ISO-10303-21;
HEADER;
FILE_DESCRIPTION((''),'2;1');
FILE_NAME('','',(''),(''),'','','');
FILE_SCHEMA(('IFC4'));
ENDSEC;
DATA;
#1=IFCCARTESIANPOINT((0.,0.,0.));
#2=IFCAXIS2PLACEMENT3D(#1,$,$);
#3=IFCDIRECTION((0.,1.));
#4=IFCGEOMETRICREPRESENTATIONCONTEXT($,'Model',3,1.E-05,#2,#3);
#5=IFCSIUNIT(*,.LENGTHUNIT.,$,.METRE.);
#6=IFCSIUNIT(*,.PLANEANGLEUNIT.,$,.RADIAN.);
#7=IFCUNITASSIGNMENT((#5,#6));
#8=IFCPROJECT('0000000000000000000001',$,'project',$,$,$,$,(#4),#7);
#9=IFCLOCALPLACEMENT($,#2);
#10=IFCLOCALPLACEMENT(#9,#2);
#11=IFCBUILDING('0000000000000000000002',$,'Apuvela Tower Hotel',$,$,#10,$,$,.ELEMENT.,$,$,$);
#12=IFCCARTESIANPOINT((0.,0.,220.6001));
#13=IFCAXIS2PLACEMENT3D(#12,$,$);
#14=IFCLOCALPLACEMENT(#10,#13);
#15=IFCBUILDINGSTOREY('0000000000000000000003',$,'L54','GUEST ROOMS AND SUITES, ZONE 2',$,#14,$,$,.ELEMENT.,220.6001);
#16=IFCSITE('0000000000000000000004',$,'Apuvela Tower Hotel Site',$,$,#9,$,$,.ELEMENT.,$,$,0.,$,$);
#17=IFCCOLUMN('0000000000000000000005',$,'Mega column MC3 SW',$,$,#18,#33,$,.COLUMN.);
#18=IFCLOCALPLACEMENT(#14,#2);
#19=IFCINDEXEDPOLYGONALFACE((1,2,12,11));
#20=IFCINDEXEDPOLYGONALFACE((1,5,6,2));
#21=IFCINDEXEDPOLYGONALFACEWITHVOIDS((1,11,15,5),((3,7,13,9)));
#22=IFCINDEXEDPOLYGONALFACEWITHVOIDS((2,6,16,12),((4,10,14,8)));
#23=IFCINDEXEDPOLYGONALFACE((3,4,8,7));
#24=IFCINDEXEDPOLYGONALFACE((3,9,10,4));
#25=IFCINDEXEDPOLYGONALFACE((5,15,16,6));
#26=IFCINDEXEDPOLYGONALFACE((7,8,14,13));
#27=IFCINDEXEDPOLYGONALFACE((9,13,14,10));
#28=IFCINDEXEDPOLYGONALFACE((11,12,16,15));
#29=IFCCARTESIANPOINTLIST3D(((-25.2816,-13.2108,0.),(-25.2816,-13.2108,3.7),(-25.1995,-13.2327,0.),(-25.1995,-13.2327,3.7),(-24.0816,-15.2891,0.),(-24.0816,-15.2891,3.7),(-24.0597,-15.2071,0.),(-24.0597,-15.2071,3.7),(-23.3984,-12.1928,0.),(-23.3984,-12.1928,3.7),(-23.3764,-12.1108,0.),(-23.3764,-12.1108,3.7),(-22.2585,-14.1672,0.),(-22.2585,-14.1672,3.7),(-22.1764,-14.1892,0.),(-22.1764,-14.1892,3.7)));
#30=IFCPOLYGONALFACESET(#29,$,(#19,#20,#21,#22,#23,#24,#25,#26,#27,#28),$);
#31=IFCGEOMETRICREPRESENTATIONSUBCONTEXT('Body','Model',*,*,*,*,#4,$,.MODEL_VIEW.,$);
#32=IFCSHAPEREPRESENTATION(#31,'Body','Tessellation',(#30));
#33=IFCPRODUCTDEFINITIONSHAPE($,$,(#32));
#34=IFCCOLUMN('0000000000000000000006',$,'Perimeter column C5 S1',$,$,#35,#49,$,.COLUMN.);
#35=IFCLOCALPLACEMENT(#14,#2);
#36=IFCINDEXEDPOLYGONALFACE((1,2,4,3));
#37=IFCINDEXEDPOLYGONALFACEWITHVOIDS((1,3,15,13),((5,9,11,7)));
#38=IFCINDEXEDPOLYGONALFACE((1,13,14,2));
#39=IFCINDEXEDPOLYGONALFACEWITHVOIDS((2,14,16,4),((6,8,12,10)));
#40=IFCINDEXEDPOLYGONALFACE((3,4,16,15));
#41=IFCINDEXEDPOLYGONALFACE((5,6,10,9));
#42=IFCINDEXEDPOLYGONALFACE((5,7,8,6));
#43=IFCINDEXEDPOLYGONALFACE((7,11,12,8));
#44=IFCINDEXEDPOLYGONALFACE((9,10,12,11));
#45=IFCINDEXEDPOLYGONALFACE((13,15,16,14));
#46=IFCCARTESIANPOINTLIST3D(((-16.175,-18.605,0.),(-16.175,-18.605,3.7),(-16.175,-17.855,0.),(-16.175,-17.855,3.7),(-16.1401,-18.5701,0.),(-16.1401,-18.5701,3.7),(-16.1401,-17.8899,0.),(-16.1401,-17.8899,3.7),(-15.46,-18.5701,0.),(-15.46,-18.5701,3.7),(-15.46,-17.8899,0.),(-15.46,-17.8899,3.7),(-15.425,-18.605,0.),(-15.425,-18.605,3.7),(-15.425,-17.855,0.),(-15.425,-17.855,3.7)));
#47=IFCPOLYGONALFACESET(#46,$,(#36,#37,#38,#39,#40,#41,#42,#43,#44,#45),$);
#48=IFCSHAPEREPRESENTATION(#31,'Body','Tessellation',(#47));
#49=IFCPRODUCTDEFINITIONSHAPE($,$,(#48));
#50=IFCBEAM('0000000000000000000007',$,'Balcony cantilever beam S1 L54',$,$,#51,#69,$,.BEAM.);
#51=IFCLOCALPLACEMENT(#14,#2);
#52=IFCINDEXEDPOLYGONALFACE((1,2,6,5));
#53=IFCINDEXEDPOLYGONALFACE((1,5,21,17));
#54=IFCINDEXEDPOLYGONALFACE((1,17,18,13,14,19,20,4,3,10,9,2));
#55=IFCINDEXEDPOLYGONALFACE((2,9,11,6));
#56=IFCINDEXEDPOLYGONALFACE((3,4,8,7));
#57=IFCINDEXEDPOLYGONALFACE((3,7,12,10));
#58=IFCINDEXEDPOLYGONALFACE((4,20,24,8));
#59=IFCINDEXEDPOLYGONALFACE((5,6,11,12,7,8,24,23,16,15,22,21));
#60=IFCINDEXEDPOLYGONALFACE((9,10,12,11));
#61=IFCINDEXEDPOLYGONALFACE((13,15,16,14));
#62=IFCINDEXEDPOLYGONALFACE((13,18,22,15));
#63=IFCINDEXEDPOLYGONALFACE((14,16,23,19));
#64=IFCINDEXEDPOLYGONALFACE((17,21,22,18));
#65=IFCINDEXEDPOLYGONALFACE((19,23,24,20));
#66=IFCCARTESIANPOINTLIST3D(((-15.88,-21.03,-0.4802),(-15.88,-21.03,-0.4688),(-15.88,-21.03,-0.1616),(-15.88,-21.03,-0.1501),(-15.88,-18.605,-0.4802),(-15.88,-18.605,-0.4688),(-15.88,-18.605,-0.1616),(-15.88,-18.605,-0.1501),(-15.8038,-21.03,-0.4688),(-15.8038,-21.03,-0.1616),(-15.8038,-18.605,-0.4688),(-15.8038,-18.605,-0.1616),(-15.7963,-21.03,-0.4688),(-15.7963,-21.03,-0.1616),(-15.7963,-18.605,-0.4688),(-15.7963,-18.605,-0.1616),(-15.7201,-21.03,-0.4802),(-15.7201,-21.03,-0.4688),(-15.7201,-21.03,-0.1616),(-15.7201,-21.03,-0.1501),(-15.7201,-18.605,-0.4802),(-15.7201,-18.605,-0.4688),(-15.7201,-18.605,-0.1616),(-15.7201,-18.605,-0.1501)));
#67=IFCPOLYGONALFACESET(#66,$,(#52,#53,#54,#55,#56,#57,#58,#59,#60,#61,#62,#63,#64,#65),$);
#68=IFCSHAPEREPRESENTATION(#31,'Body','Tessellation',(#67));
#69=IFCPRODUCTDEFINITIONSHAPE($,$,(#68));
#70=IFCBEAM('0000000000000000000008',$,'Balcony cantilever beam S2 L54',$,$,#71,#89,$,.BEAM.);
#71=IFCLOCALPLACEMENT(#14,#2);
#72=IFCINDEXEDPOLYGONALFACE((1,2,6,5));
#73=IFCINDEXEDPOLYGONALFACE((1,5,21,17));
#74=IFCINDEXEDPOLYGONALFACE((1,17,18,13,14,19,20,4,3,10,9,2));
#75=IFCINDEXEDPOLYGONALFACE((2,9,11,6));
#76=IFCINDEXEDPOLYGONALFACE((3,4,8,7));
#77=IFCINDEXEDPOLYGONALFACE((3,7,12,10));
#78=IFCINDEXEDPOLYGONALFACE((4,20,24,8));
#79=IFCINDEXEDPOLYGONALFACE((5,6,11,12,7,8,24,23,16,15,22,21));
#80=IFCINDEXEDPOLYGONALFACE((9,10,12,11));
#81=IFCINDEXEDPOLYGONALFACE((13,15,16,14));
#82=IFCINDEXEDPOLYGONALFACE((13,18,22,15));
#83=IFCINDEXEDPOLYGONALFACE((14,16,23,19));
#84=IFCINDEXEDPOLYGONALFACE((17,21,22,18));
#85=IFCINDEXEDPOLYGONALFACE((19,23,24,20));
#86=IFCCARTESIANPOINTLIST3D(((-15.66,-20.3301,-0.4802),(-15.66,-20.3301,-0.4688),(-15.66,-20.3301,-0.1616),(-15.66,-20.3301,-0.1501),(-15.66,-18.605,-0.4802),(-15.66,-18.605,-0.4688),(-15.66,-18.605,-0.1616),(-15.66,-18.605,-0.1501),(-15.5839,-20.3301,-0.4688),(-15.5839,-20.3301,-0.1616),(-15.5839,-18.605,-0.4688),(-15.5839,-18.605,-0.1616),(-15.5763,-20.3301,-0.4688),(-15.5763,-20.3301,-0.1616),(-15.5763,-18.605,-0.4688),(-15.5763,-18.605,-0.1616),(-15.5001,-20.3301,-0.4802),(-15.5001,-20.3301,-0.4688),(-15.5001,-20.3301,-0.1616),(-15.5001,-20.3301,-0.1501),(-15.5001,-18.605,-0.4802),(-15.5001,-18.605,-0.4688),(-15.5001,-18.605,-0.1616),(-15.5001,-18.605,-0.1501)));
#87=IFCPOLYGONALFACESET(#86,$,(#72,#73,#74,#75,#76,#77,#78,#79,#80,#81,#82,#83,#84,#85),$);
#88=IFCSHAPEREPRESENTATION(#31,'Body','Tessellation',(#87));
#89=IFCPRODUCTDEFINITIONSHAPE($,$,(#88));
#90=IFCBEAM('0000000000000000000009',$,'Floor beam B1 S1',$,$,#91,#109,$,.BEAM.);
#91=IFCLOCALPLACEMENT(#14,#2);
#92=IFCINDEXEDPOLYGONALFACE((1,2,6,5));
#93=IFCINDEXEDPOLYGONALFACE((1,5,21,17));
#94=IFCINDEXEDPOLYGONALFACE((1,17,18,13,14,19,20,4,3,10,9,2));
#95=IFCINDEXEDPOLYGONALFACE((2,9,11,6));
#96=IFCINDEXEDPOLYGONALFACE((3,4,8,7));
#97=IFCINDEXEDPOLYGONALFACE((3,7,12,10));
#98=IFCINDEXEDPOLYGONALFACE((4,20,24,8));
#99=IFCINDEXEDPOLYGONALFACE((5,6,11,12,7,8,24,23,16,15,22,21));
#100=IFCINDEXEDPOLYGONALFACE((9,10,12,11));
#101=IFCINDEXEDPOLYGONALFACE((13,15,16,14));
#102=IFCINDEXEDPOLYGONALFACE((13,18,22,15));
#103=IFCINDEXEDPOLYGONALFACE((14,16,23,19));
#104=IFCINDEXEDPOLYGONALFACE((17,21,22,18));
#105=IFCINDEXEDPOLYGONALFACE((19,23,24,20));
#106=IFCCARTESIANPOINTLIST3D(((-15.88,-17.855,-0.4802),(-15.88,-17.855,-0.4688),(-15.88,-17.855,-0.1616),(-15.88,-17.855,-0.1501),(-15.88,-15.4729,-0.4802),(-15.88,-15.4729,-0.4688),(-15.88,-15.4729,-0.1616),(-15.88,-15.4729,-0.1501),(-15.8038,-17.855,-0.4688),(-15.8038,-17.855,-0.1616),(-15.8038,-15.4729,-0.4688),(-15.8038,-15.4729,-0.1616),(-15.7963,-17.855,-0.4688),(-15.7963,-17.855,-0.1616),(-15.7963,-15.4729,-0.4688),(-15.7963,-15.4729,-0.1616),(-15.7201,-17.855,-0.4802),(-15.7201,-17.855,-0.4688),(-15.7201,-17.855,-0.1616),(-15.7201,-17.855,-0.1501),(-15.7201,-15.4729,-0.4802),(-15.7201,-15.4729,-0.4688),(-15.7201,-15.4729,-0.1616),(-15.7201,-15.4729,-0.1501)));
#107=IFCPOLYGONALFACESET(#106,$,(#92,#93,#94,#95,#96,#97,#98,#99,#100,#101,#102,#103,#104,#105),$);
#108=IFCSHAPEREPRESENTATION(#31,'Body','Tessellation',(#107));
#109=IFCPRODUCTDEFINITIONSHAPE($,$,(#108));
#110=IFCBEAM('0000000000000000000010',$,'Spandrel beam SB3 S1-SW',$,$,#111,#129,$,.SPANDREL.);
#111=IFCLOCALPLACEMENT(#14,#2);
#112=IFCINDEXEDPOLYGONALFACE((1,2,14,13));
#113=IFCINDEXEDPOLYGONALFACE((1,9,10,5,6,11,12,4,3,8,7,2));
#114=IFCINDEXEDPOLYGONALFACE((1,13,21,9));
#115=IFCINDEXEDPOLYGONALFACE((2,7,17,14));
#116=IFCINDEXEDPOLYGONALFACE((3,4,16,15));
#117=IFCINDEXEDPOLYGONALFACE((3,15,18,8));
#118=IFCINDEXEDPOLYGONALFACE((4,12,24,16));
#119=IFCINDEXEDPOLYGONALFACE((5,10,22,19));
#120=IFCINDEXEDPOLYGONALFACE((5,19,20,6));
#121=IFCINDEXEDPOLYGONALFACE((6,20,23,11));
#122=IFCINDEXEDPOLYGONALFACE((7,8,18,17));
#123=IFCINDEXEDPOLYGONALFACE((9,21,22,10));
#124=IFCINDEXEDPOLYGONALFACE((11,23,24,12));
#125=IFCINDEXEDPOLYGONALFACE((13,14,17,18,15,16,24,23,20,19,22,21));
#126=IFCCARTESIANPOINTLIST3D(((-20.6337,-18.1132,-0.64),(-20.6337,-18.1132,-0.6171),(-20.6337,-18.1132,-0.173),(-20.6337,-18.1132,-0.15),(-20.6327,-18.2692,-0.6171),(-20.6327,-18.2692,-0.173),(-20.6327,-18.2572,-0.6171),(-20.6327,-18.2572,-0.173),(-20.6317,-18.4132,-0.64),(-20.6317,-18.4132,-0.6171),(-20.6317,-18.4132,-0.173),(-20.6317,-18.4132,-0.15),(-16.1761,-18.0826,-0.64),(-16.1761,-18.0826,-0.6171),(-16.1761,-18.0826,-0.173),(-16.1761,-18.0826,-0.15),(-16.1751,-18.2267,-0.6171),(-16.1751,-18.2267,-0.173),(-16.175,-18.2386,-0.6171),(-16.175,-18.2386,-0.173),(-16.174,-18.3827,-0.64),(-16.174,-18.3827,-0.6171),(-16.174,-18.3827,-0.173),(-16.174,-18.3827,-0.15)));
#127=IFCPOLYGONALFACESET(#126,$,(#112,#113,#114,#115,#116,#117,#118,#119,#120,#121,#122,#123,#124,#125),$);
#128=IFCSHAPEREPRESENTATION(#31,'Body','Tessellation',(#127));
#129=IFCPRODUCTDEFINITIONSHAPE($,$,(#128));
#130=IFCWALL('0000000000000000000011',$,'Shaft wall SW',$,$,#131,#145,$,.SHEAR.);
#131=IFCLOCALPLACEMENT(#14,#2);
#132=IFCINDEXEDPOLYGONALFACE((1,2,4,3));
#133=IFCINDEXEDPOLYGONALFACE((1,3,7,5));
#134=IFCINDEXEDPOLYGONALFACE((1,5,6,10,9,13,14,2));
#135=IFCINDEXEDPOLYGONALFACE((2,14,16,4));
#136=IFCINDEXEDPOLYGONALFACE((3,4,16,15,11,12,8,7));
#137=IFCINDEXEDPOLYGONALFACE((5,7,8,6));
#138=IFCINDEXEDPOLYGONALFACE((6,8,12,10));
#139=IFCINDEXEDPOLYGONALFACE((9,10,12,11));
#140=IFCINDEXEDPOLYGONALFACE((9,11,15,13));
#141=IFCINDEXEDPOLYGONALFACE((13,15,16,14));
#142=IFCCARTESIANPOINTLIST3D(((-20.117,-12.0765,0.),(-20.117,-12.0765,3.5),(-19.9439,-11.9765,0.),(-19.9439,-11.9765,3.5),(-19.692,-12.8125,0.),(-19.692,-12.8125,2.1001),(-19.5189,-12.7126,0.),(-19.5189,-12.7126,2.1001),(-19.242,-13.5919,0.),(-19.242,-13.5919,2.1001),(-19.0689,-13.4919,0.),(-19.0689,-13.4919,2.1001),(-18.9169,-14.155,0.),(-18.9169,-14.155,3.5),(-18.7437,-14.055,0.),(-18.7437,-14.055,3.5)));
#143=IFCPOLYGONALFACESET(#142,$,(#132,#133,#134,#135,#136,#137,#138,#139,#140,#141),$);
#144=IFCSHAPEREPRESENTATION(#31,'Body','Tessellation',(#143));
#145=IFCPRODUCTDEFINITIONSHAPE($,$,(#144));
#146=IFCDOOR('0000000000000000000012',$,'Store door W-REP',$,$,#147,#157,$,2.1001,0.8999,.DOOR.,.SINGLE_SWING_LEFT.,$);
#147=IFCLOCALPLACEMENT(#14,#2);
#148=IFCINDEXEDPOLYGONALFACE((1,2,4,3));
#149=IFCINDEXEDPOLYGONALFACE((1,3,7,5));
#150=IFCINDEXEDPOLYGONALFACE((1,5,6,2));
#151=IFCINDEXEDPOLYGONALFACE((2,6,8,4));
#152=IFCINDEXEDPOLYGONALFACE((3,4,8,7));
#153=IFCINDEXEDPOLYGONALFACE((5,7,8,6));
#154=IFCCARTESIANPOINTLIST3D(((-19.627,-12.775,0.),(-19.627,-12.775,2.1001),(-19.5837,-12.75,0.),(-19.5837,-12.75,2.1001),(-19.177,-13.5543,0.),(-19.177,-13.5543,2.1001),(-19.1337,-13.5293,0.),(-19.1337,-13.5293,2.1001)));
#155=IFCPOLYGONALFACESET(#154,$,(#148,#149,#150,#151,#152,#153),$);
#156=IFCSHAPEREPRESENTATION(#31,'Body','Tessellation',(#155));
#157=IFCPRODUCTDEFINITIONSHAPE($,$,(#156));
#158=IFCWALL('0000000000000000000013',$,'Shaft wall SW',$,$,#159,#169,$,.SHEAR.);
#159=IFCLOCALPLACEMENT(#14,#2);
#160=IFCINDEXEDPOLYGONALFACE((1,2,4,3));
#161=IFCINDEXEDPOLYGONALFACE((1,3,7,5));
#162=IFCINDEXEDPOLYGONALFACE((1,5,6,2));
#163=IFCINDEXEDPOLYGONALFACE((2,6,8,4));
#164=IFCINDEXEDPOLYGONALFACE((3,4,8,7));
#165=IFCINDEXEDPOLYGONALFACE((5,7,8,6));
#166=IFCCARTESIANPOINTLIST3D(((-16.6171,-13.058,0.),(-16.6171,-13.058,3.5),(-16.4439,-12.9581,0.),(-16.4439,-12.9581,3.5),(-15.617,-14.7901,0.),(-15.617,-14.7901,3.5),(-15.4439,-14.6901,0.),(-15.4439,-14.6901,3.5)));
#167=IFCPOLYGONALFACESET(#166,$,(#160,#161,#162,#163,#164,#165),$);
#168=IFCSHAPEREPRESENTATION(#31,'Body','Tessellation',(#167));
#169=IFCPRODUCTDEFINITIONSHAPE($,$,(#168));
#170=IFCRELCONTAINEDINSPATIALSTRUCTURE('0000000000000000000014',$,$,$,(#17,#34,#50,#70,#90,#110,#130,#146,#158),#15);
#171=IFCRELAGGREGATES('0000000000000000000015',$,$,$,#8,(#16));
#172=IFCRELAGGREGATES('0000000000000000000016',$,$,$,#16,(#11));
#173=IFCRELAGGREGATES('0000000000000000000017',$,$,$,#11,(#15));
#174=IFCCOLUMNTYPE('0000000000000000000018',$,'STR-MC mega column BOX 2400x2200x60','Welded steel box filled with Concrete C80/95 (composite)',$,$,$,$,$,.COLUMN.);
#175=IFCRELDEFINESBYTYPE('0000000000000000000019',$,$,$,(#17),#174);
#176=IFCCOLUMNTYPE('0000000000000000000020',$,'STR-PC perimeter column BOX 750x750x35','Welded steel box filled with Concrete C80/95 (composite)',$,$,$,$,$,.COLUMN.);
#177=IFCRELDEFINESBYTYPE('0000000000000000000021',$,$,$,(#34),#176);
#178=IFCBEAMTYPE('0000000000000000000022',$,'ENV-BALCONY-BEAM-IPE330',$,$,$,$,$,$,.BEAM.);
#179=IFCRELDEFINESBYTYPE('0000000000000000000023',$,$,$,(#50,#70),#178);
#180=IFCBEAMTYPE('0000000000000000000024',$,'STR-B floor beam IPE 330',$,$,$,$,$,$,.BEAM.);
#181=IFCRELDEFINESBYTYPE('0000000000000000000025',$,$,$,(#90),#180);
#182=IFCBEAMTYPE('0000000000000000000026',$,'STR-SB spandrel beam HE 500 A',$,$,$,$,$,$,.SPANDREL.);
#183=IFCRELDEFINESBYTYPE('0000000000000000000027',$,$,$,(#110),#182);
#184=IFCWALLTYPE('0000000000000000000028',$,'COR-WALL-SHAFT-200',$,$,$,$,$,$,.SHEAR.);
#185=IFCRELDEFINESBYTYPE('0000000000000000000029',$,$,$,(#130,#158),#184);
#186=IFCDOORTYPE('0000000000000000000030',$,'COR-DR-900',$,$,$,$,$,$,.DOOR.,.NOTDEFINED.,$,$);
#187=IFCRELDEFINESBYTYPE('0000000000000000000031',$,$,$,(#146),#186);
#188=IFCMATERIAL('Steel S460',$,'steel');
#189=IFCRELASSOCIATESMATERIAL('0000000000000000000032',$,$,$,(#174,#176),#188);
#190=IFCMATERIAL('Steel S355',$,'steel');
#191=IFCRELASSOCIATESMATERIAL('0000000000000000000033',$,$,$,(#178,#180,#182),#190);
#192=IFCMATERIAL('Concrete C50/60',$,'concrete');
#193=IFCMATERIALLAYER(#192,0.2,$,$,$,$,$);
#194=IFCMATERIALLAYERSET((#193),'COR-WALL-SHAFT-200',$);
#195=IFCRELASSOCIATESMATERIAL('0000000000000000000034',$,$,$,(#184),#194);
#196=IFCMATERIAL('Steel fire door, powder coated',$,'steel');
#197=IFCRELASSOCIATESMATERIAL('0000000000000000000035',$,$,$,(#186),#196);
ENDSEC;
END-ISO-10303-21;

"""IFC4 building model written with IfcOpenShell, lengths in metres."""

from ifc_helpers import new_model, si_unit, direction, frame, frame_2d, origin, origin_2d, place, context, subcontext, project, spatial, rectangle, hollow_rectangle, i_section, extrude, material, layer, layer_set, material_profile, profile_set, type_object, element, fill, save


model = new_model("IFC4")

# Units and contexts
model_context = context("Model", 3, precision=1e-05, world=origin(), true_north=direction((0.0, 1.0)))
body_context = subcontext(model_context, "Body", "Model", "MODEL_VIEW")
ifc_project = project(units=[si_unit("LENGTHUNIT", "METRE"), si_unit("PLANEANGLEUNIT", "RADIAN")], contexts=[model_context])

# Site, building, storey
site_placement = place(None, origin())
site = spatial("IfcSite", under=ifc_project, at=site_placement, Name="Apuvela Tower Hotel Site", CompositionType="ELEMENT", RefElevation=0.0)
building_placement = place(site_placement, origin())
building = spatial("IfcBuilding", under=site, at=building_placement, Name="Apuvela Tower Hotel", CompositionType="ELEMENT")
storey_placement = place(building_placement, frame((0.0, 0.0, 220.6001)))
storey = spatial("IfcBuildingStorey", under=building, at=storey_placement, Name="L54", Description="GUEST ROOMS AND SUITES, ZONE 2", CompositionType="ELEMENT", Elevation=220.6001)

# Columns
ifc_material_1 = material(Name="Steel S460", Category="steel")
ifc_material_profile_1 = material_profile(ifc_material_1, hollow_rectangle(XDim=2.3999, YDim=2.2, WallThickness=0.0601, at=origin_2d()), Name="BOX 2400x2200x60")
ifc_material_2 = material(Name="Concrete C80/95", Category="concrete")
ifc_material_profile_2 = material_profile(ifc_material_2, rectangle(XDim=2.28, YDim=2.0801, at=origin_2d()), Name="Concrete C80/95 infill")
ifc_profile_set_1 = profile_set([ifc_material_profile_1, ifc_material_profile_2], Name="Steel S460")
column_type_1 = type_object("IfcColumnType", Name="STR-MC mega column BOX 2400x2200x60", Description="Welded steel box filled with Concrete C80/95 (composite)", PredefinedType="COLUMN", material=ifc_profile_set_1)
column_1_placement = place(storey_placement, frame((-23.729, -13.7, 0.0), z_axis=(0.0, 0.0, 1.0), x_axis=(-0.5, 0.866025, 0.0)))
element("IfcColumn", 1, at=column_1_placement, inside=storey, type_object=column_type_1, Name="Mega column MC3 SW", PredefinedType="COLUMN", context=body_context, shape_type="SweptSolid", body=[
    extrude(hollow_rectangle(XDim=2.3999, YDim=2.2, WallThickness=0.0601, at=origin_2d()), origin(), (0.0, 0.0, 1.0), 3.7),
])
ifc_material_profile_3 = material_profile(ifc_material_1, hollow_rectangle(XDim=0.75, YDim=0.75, WallThickness=0.0349, at=origin_2d()), Name="BOX 750x750x35")
ifc_material_profile_4 = material_profile(ifc_material_2, rectangle(XDim=0.6799, YDim=0.6799, at=origin_2d()), Name="Concrete C80/95 infill")
ifc_profile_set_2 = profile_set([ifc_material_profile_3, ifc_material_profile_4], Name="Steel S460")
column_type_2 = type_object("IfcColumnType", Name="STR-PC perimeter column BOX 750x750x35", Description="Welded steel box filled with Concrete C80/95 (composite)", PredefinedType="COLUMN", material=ifc_profile_set_2)
column_2_placement = place(storey_placement, frame((-15.8, -18.23, 0.0), z_axis=(0.0, 0.0, 1.0), x_axis=(-1.0, 0.0, 0.0)))
element("IfcColumn", 2, at=column_2_placement, inside=storey, type_object=column_type_2, Name="Perimeter column C5 S1", PredefinedType="COLUMN", context=body_context, shape_type="SweptSolid", body=[
    extrude(hollow_rectangle(XDim=0.75, YDim=0.75, WallThickness=0.0349, at=origin_2d()), origin(), (0.0, 0.0, 1.0), 3.7),
])

# Beams
ifc_material_3 = material(Name="Steel S355", Category="steel")
ifc_material_profile_5 = material_profile(ifc_material_3, i_section(OverallWidth=0.1599, OverallDepth=0.3301, WebThickness=0.0076, FlangeThickness=0.0115, at=origin_2d()), Name="IPE 330")
ifc_profile_set_3 = profile_set([ifc_material_profile_5], Name="Steel S355")
beam_type_1 = type_object("IfcBeamType", Name="ENV-BALCONY-BEAM-IPE330", PredefinedType="BEAM", material=ifc_profile_set_3)
beam_1_placement = place(storey_placement, frame((-15.8, -18.605, -0.3152), z_axis=(0.0, -1.0, 0.0), x_axis=(1.0, 0.0, 0.0)))
element("IfcBeam", 3, at=beam_1_placement, inside=storey, type_object=beam_type_1, Name="Balcony cantilever beam S1 L54", PredefinedType="BEAM", context=body_context, shape_type="SweptSolid", body=[
    extrude(i_section(OverallWidth=0.1599, OverallDepth=0.3301, WebThickness=0.0076, FlangeThickness=0.0115, at=origin_2d()), origin(), (0.0, 0.0, 1.0), 2.425),
])
beam_2_placement = place(storey_placement, frame((-15.5801, -18.605, -0.3152), z_axis=(0.0, -1.0, 0.0), x_axis=(1.0, 0.0, 0.0)))
element("IfcBeam", 4, at=beam_2_placement, inside=storey, type_object=beam_type_1, Name="Balcony cantilever beam S2 L54", PredefinedType="BEAM", context=body_context, shape_type="SweptSolid", body=[
    extrude(i_section(OverallWidth=0.1599, OverallDepth=0.3301, WebThickness=0.0076, FlangeThickness=0.0115, at=origin_2d()), origin(), (0.0, 0.0, 1.0), 1.7251),
])
ifc_material_profile_6 = material_profile(ifc_material_3, i_section(OverallWidth=0.1599, OverallDepth=0.3301, WebThickness=0.0076, FlangeThickness=0.0115, at=origin_2d()), Name="IPE 330")
ifc_profile_set_4 = profile_set([ifc_material_profile_6], Name="Steel S355")
beam_type_2 = type_object("IfcBeamType", Name="STR-B floor beam IPE 330", PredefinedType="BEAM", material=ifc_profile_set_4)
beam_3_placement = place(storey_placement, frame((-15.8, -17.855, -0.3152), z_axis=(0.0, 1.0, 0.0), x_axis=(-1.0, 0.0, 0.0)))
element("IfcBeam", 5, at=beam_3_placement, inside=storey, type_object=beam_type_2, Name="Floor beam B1 S1", PredefinedType="BEAM", context=body_context, shape_type="SweptSolid", body=[
    extrude(i_section(OverallWidth=0.1599, OverallDepth=0.3301, WebThickness=0.0076, FlangeThickness=0.0115, at=origin_2d()), origin(), (0.0, 0.0, 1.0), 2.3821),
])
ifc_material_profile_7 = material_profile(ifc_material_3, i_section(OverallWidth=0.3, OverallDepth=0.49, WebThickness=0.012, FlangeThickness=0.0229, at=origin_2d()), Name="HE 500 A")
ifc_profile_set_5 = profile_set([ifc_material_profile_7], Name="Steel S355")
beam_type_3 = type_object("IfcBeamType", Name="STR-SB spandrel beam HE 500 A", PredefinedType="SPANDREL", material=ifc_profile_set_5)
beam_4_placement = place(storey_placement, frame((-16.175, -18.2327, -0.395), z_axis=(-0.999977, -0.006846, 0.0), x_axis=(0.006846, -0.999977, 0.0)))
element("IfcBeam", 6, at=beam_4_placement, inside=storey, type_object=beam_type_3, Name="Spandrel beam SB3 S1-SW", PredefinedType="SPANDREL", context=body_context, shape_type="SweptSolid", body=[
    extrude(i_section(OverallWidth=0.3, OverallDepth=0.49, WebThickness=0.012, FlangeThickness=0.0229, at=origin_2d()), origin(), (0.0, 0.0, 1.0), 4.4578),
])

# Wall, opening, door
ifc_material_4 = material(Name="Concrete C50/60", Category="concrete")
ifc_layer_1 = layer(ifc_material_4, 0.2)
ifc_layer_set_1 = layer_set([ifc_layer_1], Name="COR-WALL-SHAFT-200")
wall_type_1 = type_object("IfcWallType", Name="COR-WALL-SHAFT-200", PredefinedType="SHEAR", material=ifc_layer_set_1)
wall_1_placement = place(storey_placement, frame((-20.0305, -12.0264, 0.0), z_axis=(0.0, 0.0, 1.0), x_axis=(0.500034, -0.866006, 0.0)))
wall_1 = element("IfcWall", 7, at=wall_1_placement, inside=storey, type_object=wall_type_1, Name="Shaft wall SW", PredefinedType="SHEAR", context=body_context, shape_type="SweptSolid", body=[
    extrude(rectangle(XDim=2.4001, YDim=0.2, at=frame_2d((1.2002, 0.0))), origin(), (0.0, 0.0, 1.0), 3.5),
])
opening_1_placement = place(wall_1_placement, frame((0.8501, 0.0, 0.0)))
opening_1 = element("IfcOpeningElement", 8, at=opening_1_placement, cuts=wall_1, PredefinedType="OPENING", context=body_context, shape_type="SweptSolid", body=[
    extrude(rectangle(XDim=0.8999, YDim=2.1001, at=frame_2d((0.45, 1.05))), frame((0.0, 0.1099, 0.0), z_axis=(0.0, -1.0, 0.0), x_axis=(1.0, 0.0, 0.0)), (0.0, 0.0, 1.0), 0.22),
])
ifc_material_5 = material(Name="Steel fire door, powder coated", Category="steel")
door_type_1 = type_object("IfcDoorType", Name="COR-DR-900", OperationType="NOTDEFINED", PredefinedType="DOOR", material=ifc_material_5)
door_1_placement = place(opening_1_placement, frame((0.8999, 0.0, 0.0), z_axis=(0.0, 0.0, 1.0), x_axis=(-1.0, 0.0, 0.0)))
door_1 = element("IfcDoor", 9, at=door_1_placement, inside=storey, type_object=door_type_1, Name="Store door W-REP", OperationType="SINGLE_SWING_LEFT", OverallHeight=2.1001, OverallWidth=0.8999, PredefinedType="DOOR", context=body_context, shape_type="SweptSolid", body=[
    extrude(rectangle(XDim=0.8999, YDim=2.1001, at=frame_2d((0.45, 1.05))), frame((0.0, 0.0249, 0.0), z_axis=(0.0, -1.0, 0.0), x_axis=(1.0, 0.0, 0.0)), (0.0, 0.0, 1.0), 0.05),
])
fill(opening_1, door_1)

# Wall
for number, where, z_axis, x_axis, name in (
    (10, (-16.5305, -13.0081, 0.0), (0.0, 0.0, 1.0), (0.500025, -0.866011, 0.0), "Shaft wall SW"),
):
    element("IfcWall", number, at=place(storey_placement, frame(where, z_axis=z_axis, x_axis=x_axis)), inside=storey, type_object=wall_type_1, Name=name, PredefinedType="SHEAR", context=body_context, shape_type="SweptSolid", body=[
        extrude(rectangle(XDim=2.0, YDim=0.2, at=frame_2d((1.0, 0.0))), origin(), (0.0, 0.0, 1.0), 3.5),
    ])

save(model, "model.ifc")
